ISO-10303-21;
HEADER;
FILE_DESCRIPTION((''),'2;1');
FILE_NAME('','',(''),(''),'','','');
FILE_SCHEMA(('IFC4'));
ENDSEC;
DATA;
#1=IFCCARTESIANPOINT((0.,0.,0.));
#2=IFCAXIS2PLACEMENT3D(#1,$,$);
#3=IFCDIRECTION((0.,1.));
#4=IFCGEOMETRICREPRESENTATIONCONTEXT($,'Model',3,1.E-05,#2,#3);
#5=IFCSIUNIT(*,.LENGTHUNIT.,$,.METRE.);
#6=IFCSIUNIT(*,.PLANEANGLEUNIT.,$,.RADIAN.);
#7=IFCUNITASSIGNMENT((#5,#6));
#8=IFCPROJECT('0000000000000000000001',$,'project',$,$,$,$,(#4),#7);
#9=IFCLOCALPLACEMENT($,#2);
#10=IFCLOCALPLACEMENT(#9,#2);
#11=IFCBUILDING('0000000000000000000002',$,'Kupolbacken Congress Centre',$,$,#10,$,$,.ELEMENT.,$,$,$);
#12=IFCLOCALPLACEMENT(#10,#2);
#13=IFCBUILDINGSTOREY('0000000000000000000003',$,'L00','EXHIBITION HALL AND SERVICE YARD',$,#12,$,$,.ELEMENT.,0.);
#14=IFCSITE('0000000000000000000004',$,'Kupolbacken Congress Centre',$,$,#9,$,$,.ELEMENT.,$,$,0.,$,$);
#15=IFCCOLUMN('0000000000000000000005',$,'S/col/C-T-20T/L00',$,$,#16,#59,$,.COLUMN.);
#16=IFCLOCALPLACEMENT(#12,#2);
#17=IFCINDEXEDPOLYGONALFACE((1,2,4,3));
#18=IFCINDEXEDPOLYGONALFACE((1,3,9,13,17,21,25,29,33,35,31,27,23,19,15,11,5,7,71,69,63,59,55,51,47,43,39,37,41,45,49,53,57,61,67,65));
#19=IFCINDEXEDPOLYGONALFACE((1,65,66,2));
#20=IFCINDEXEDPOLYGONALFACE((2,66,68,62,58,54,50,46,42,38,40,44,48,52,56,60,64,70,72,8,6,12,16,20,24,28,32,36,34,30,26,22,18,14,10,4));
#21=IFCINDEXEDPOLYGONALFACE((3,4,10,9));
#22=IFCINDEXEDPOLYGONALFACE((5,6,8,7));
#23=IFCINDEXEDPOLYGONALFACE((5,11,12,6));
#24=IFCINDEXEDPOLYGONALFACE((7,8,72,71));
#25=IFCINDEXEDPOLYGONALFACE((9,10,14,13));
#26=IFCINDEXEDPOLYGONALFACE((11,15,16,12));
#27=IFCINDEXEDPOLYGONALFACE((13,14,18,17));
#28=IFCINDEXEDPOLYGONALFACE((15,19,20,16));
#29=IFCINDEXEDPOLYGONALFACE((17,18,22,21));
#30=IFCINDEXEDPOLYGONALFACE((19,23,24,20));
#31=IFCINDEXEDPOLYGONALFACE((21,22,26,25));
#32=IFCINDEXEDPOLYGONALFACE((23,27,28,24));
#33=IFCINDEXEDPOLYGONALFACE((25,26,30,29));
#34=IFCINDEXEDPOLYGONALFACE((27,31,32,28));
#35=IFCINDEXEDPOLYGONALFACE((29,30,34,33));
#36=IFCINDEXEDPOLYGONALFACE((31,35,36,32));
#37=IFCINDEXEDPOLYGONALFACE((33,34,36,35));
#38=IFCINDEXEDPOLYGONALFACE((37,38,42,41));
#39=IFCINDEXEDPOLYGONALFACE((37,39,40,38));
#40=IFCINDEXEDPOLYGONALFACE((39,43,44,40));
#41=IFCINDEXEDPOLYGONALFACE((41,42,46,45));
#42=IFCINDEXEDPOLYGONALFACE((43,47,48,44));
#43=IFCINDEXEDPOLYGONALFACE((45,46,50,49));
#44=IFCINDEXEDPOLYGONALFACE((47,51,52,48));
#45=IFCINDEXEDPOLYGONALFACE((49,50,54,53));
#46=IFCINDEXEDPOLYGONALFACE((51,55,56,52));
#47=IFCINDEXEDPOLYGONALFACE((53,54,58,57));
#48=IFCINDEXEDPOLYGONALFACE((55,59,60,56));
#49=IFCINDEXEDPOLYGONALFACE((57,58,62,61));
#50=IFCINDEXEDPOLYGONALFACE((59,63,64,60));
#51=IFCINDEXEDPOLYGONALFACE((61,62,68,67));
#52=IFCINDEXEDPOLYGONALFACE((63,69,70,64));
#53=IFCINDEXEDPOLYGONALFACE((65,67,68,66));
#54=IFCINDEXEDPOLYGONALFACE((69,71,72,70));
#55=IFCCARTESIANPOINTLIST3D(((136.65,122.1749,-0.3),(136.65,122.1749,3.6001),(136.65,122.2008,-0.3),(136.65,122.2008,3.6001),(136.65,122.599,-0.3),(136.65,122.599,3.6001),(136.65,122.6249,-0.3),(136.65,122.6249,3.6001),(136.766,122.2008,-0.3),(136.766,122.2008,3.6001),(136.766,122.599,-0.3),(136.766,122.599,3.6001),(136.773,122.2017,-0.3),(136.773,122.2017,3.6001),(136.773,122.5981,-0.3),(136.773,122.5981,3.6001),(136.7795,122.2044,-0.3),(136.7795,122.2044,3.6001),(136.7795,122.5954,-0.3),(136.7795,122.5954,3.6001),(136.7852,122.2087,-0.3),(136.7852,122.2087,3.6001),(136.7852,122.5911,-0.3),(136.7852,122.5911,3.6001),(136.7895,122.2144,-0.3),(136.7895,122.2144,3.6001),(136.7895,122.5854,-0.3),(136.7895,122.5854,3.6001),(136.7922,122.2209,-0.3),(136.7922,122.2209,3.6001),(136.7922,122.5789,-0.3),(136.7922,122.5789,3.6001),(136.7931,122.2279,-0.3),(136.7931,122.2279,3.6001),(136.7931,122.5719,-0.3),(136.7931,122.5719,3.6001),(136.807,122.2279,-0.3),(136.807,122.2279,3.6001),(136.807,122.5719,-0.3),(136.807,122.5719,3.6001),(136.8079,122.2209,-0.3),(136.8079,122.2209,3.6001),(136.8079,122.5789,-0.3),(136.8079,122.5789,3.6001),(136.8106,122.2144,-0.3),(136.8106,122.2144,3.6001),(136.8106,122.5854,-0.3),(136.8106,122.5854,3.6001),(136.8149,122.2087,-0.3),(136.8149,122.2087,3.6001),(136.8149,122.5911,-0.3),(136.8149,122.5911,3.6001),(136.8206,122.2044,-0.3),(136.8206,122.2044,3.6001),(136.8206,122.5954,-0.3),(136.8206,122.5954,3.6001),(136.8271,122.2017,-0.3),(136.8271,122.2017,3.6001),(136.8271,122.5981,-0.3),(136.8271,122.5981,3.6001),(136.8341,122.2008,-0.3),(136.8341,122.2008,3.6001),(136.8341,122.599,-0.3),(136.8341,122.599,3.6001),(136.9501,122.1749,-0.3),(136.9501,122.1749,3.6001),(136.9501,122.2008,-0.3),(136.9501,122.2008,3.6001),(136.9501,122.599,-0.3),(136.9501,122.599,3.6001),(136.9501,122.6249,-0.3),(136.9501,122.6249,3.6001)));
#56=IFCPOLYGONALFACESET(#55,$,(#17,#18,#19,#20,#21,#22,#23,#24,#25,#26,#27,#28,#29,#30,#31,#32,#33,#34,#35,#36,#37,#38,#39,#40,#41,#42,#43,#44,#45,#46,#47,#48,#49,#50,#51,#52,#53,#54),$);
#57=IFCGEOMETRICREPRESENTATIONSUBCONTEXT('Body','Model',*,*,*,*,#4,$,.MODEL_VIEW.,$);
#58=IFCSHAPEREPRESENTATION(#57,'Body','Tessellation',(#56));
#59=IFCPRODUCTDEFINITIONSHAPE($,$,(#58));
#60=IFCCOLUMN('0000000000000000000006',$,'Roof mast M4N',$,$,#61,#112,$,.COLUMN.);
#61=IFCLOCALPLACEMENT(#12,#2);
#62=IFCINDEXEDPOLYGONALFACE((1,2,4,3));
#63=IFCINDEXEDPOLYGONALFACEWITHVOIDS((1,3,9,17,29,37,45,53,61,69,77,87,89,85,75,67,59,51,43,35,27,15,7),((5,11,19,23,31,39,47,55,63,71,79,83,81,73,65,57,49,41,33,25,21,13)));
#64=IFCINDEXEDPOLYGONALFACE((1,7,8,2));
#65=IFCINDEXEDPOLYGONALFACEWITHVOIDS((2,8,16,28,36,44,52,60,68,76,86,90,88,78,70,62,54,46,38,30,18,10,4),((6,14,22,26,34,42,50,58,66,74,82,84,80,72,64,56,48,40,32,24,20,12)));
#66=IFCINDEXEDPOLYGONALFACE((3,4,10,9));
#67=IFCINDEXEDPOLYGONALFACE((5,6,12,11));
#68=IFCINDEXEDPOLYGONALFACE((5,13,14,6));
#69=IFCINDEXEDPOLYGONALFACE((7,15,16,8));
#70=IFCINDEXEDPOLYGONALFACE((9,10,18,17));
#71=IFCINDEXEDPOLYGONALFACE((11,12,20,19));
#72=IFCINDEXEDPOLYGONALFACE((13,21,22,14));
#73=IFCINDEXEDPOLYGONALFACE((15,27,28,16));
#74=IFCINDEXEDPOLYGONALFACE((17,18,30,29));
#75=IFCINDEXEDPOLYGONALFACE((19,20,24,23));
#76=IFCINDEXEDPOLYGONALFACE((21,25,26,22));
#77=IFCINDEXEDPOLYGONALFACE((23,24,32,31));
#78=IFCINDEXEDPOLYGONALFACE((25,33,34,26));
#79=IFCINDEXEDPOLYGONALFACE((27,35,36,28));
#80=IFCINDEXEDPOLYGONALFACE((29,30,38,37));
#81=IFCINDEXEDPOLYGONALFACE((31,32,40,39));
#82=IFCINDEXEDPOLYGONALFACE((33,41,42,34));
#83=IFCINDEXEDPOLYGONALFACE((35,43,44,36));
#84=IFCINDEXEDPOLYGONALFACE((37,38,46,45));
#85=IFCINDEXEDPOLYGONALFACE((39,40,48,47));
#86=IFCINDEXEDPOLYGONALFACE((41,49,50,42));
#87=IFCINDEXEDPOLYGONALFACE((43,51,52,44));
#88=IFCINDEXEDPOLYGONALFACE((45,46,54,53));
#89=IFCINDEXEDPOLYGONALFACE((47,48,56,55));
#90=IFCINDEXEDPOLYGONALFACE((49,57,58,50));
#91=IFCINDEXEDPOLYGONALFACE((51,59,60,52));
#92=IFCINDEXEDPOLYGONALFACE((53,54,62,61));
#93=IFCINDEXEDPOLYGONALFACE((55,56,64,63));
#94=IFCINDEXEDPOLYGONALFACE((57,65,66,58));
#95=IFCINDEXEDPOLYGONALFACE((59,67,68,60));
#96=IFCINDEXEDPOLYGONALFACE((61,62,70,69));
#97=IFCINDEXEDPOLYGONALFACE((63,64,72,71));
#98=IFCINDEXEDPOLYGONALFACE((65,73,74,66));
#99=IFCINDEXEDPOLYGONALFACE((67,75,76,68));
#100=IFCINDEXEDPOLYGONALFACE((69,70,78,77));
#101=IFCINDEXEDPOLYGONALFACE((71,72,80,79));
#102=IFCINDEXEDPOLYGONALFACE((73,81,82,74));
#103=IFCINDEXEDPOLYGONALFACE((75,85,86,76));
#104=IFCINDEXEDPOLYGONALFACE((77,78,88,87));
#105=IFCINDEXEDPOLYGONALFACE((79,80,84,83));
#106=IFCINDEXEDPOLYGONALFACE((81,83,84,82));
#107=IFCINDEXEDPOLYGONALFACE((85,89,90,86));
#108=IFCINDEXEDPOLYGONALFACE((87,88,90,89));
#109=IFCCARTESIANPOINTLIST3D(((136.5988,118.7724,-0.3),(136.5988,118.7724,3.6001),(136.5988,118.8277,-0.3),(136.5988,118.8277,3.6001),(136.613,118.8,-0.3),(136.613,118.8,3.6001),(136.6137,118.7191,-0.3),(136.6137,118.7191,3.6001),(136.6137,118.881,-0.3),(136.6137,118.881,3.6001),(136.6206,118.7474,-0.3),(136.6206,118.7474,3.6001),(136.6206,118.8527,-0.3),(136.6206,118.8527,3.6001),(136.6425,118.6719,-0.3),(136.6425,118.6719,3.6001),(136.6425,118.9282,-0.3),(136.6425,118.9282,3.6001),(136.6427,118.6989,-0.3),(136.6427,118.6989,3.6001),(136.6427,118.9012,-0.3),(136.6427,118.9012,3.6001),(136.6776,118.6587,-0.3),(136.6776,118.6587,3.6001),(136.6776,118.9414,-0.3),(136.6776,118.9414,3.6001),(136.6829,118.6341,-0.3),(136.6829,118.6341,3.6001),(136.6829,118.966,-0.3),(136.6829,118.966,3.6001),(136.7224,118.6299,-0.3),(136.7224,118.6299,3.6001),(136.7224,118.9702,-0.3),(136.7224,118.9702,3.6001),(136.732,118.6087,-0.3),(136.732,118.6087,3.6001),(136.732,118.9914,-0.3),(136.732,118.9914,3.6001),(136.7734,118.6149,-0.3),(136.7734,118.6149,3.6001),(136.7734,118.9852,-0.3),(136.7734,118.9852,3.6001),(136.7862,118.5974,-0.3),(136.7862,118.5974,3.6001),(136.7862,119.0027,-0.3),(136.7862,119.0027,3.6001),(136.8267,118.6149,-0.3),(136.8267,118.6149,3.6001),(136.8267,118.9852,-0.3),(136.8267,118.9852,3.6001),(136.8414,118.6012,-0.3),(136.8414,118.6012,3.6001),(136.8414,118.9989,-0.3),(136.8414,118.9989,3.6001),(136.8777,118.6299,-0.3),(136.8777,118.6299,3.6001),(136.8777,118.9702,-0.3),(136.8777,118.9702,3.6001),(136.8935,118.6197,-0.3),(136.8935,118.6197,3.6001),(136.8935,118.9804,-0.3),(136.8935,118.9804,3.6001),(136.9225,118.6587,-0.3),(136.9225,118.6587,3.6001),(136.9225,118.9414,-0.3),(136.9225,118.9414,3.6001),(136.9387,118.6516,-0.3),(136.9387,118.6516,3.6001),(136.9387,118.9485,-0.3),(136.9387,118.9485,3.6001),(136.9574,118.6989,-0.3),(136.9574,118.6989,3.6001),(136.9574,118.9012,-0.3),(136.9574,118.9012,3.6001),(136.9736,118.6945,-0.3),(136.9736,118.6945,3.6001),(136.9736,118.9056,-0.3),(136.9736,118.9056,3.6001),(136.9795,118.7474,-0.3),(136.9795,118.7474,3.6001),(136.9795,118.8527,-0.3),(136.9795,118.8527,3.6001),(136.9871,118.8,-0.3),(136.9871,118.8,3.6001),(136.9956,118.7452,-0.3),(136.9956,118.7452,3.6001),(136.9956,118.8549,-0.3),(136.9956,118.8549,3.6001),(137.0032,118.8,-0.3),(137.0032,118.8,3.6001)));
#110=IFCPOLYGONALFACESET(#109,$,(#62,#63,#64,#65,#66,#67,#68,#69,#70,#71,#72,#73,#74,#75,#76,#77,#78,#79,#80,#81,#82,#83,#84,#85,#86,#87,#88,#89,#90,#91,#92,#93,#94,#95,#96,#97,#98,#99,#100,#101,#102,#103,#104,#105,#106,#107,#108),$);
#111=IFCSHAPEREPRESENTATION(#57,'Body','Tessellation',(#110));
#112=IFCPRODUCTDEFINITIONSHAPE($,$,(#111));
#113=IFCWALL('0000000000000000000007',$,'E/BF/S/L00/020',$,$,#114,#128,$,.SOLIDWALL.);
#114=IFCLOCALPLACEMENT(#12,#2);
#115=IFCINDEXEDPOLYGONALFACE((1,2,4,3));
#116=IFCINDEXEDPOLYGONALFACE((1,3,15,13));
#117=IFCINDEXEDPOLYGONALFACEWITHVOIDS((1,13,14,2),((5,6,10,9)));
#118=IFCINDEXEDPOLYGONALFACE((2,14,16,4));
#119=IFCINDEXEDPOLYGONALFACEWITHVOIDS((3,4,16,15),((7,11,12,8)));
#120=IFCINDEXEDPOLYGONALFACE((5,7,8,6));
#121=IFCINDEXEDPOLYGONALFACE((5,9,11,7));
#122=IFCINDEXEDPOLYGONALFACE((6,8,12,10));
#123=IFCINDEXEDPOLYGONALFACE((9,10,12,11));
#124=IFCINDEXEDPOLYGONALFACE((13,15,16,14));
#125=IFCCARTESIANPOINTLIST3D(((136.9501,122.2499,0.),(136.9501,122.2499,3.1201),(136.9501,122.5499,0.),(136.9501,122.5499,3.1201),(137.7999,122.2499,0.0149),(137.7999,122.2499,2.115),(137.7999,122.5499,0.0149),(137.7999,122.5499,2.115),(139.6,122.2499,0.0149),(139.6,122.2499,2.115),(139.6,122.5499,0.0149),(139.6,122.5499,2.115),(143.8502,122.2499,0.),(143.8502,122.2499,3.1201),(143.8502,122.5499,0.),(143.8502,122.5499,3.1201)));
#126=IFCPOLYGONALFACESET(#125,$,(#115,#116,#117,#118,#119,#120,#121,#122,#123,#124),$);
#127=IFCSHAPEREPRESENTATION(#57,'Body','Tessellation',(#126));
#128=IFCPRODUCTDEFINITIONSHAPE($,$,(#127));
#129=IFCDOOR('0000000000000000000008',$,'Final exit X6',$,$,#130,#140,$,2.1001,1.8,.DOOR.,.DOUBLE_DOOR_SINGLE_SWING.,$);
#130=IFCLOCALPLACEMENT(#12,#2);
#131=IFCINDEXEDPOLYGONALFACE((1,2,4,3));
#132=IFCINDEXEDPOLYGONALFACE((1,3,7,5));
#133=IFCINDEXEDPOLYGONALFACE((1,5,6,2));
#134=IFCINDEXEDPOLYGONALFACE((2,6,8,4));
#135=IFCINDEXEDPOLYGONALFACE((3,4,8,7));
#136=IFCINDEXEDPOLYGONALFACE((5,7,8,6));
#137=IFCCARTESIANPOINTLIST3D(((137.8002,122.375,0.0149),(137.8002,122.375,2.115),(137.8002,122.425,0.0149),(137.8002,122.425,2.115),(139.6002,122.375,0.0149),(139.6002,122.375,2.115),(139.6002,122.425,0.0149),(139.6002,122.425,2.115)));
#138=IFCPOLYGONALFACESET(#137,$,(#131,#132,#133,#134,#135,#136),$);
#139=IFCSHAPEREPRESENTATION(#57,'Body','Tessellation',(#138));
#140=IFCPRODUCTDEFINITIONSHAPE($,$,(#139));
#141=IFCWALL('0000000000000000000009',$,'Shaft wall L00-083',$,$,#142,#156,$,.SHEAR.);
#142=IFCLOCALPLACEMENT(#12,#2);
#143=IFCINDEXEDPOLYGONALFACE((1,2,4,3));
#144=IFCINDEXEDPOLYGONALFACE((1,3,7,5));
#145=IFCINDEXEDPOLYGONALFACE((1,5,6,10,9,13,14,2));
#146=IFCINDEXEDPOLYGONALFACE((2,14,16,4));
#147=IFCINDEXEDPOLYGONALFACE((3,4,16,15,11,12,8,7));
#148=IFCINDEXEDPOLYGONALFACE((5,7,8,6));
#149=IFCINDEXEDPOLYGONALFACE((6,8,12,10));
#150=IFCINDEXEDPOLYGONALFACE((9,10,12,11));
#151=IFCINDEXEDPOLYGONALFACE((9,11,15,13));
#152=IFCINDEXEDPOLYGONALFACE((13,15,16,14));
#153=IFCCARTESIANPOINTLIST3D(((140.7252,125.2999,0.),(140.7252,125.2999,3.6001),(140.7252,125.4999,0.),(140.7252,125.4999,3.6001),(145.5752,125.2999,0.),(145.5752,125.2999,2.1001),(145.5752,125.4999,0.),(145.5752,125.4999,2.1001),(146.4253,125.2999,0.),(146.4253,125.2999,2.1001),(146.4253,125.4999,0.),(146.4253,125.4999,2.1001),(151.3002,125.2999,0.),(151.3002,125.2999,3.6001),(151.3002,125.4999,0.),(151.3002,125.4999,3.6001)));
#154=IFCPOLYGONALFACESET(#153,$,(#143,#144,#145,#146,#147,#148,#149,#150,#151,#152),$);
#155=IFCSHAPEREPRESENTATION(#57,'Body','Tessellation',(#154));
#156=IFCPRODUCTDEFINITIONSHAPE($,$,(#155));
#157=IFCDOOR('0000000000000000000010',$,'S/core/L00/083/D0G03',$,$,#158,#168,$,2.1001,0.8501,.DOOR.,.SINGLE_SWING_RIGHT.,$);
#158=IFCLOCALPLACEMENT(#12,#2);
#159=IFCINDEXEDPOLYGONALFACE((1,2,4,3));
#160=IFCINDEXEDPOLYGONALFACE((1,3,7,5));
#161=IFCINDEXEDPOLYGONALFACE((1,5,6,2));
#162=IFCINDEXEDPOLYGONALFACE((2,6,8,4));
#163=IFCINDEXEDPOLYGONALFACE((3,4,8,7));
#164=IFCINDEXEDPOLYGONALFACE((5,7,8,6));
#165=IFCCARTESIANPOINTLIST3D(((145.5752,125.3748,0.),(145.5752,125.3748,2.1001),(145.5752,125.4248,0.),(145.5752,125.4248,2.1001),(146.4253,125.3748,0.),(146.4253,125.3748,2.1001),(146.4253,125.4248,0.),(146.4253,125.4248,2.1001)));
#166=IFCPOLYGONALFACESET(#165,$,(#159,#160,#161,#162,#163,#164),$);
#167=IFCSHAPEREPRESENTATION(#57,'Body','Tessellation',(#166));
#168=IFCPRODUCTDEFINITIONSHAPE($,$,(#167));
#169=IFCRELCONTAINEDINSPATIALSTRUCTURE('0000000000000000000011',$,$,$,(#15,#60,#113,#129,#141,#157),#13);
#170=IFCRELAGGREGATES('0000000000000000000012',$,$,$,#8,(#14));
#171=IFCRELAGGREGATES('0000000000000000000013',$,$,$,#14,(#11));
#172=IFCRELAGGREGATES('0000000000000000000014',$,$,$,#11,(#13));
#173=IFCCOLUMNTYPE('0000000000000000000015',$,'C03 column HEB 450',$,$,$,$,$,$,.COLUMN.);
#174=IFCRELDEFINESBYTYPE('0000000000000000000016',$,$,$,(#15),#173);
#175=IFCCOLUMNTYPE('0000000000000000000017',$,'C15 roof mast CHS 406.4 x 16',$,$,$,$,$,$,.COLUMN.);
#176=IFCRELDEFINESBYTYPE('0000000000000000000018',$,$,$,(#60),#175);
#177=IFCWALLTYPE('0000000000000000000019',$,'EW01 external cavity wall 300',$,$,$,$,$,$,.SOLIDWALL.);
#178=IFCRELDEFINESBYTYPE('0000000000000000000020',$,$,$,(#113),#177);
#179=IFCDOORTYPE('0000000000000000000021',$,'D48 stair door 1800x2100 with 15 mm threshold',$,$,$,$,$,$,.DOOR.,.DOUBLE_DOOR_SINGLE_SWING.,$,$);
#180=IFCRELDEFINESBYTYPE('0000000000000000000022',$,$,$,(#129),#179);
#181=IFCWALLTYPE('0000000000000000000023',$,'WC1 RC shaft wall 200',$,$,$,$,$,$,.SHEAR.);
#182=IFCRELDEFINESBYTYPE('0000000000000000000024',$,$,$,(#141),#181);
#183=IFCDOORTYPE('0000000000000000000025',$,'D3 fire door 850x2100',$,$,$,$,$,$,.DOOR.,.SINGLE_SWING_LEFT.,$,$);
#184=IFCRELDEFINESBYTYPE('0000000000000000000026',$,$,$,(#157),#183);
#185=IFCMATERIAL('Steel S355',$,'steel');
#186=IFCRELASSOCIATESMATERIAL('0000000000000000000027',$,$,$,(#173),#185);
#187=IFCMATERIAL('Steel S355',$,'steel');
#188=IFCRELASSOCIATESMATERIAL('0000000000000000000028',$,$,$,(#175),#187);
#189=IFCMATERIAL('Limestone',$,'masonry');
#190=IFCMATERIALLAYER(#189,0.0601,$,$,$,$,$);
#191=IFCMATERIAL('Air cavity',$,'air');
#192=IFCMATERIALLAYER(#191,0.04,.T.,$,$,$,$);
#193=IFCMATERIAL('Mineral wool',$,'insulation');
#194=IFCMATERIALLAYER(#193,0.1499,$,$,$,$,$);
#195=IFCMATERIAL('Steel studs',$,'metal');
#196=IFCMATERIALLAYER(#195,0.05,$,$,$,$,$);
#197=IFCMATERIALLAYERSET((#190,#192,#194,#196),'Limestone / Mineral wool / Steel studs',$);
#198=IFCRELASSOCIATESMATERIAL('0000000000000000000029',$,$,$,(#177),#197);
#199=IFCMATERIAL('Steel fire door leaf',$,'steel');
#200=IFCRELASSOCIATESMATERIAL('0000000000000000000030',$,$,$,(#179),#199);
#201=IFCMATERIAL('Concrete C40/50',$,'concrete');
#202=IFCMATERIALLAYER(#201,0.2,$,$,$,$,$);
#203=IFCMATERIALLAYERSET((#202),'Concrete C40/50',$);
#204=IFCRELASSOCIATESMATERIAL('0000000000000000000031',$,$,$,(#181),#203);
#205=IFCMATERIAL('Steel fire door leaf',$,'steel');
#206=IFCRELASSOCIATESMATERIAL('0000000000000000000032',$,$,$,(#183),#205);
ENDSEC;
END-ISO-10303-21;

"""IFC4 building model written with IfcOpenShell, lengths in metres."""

from ifc_helpers import new_model, si_unit, direction, frame, frame_2d, origin, origin_2d, place, context, subcontext, project, spatial, rectangle, hollow_circle, i_section, extrude, material, layer, layer_set, material_profile, profile_set, type_object, element, fill, save


model = new_model("IFC4")

# Units and contexts
model_context = context("Model", 3, precision=1e-05, world=origin(), true_north=direction((0.0, 1.0)))
body_context = subcontext(model_context, "Body", "Model", "MODEL_VIEW")
ifc_project = project(units=[si_unit("LENGTHUNIT", "METRE"), si_unit("PLANEANGLEUNIT", "RADIAN")], contexts=[model_context])

# Site, building, storey
site_placement = place(None, origin())
site = spatial("IfcSite", under=ifc_project, at=site_placement, Name="Kupolbacken Congress Centre", CompositionType="ELEMENT", RefElevation=0.0)
building_placement = place(site_placement, origin())
building = spatial("IfcBuilding", under=site, at=building_placement, Name="Kupolbacken Congress Centre", CompositionType="ELEMENT")
storey_placement = place(building_placement, origin())
storey = spatial("IfcBuildingStorey", under=building, at=storey_placement, Name="L00", Description="EXHIBITION HALL AND SERVICE YARD", CompositionType="ELEMENT", Elevation=0.0)

# Columns
ifc_material_1 = material(Name="Steel S355", Category="steel")
ifc_material_profile_1 = material_profile(ifc_material_1, i_section(OverallWidth=0.3, OverallDepth=0.45, WebThickness=0.0139, FlangeThickness=0.0259, FilletRadius=0.0271, at=origin_2d()), Name="HEB 450")
ifc_profile_set_1 = profile_set([ifc_material_profile_1], Name="Steel S355")
column_type_1 = type_object("IfcColumnType", Name="C03 column HEB 450", PredefinedType="COLUMN", material=ifc_profile_set_1)
column_1_placement = place(storey_placement, frame((136.8, 122.3999, -0.3), z_axis=(0.0, 0.0, 1.0), x_axis=(1.0, 0.0, 0.0)))
element("IfcColumn", 1, at=column_1_placement, inside=storey, type_object=column_type_1, Name="S/col/C-T-20T/L00", PredefinedType="COLUMN", context=body_context, shape_type="SweptSolid", body=[
    extrude(i_section(OverallWidth=0.3, OverallDepth=0.45, WebThickness=0.0139, FlangeThickness=0.0259, FilletRadius=0.0271, at=origin_2d()), origin(), (0.0, 0.0, 1.0), 3.9001),
])
ifc_material_2 = material(Name="Steel S355", Category="steel")
ifc_material_profile_2 = material_profile(ifc_material_2, hollow_circle(Radius=0.2031, WallThickness=0.0161, at=origin_2d()), Name="CHS 406.4 x 16")
ifc_profile_set_2 = profile_set([ifc_material_profile_2], Name="Steel S355")
column_type_2 = type_object("IfcColumnType", Name="C15 roof mast CHS 406.4 x 16", PredefinedType="COLUMN", material=ifc_profile_set_2)
column_2_placement = place(storey_placement, frame((136.8, 118.8, -0.3), z_axis=(0.0, 0.0, 1.0), x_axis=(1.0, 0.0, 0.0)))
element("IfcColumn", 2, at=column_2_placement, inside=storey, type_object=column_type_2, Name="Roof mast M4N", PredefinedType="COLUMN", context=body_context, shape_type="SweptSolid", body=[
    extrude(hollow_circle(Radius=0.2031, WallThickness=0.0161, at=origin_2d()), origin(), (0.0, 0.0, 1.0), 3.9001),
])

# Walls, openings, doors
ifc_material_3 = material(Name="Limestone", Category="masonry")
ifc_layer_1 = layer(ifc_material_3, 0.0601)
ifc_material_4 = material(Name="Air cavity", Category="air")
ifc_layer_2 = layer(ifc_material_4, 0.04, ventilated=True)
ifc_material_5 = material(Name="Mineral wool", Category="insulation")
ifc_layer_3 = layer(ifc_material_5, 0.1499)
ifc_material_6 = material(Name="Steel studs", Category="metal")
ifc_layer_4 = layer(ifc_material_6, 0.05)
ifc_layer_set_1 = layer_set([ifc_layer_1, ifc_layer_2, ifc_layer_3, ifc_layer_4], Name="Limestone / Mineral wool / Steel studs")
wall_type_1 = type_object("IfcWallType", Name="EW01 external cavity wall 300", PredefinedType="SOLIDWALL", material=ifc_layer_set_1)
wall_1_placement = place(storey_placement, frame((136.95, 122.3999, 0.0), z_axis=(0.0, 0.0, 1.0), x_axis=(1.0, 0.0, 0.0)))
wall_1 = element("IfcWall", 3, at=wall_1_placement, inside=storey, type_object=wall_type_1, Name="E/BF/S/L00/020", PredefinedType="SOLIDWALL", context=body_context, shape_type="SweptSolid", body=[
    extrude(rectangle(XDim=6.9001, YDim=0.3, at=frame_2d((3.4502, 0.0))), origin(), (0.0, 0.0, 1.0), 3.1201),
])
opening_1_placement = place(wall_1_placement, frame((0.8501, 0.0, 0.0149)))
opening_1 = element("IfcOpeningElement", 4, at=opening_1_placement, cuts=wall_1, PredefinedType="OPENING", context=body_context, shape_type="SweptSolid", body=[
    extrude(rectangle(XDim=1.8, YDim=2.1001, at=frame_2d((0.8999, 1.05))), frame((0.0, 0.1599, 0.0), z_axis=(0.0, -1.0, 0.0), x_axis=(1.0, 0.0, 0.0)), (0.0, 0.0, 1.0), 0.3201),
])
ifc_material_7 = material(Name="Steel fire door leaf", Category="steel")
door_type_1 = type_object("IfcDoorType", Name="D48 stair door 1800x2100 with 15 mm threshold", OperationType="DOUBLE_DOOR_SINGLE_SWING", PredefinedType="DOOR", material=ifc_material_7)
door_1_placement = place(opening_1_placement, frame((1.8, 0.0, 0.0), z_axis=(0.0, 0.0, 1.0), x_axis=(-1.0, 0.0, 0.0)))
door_1 = element("IfcDoor", 5, at=door_1_placement, inside=storey, type_object=door_type_1, Name="Final exit X6", OperationType="DOUBLE_DOOR_SINGLE_SWING", OverallHeight=2.1001, OverallWidth=1.8, PredefinedType="DOOR", context=body_context, shape_type="SweptSolid", body=[
    extrude(rectangle(XDim=1.8, YDim=2.1001, at=frame_2d((0.8999, 1.05))), frame((0.0, 0.0249, 0.0), z_axis=(0.0, -1.0, 0.0), x_axis=(1.0, 0.0, 0.0)), (0.0, 0.0, 1.0), 0.05),
])
fill(opening_1, door_1)
ifc_material_8 = material(Name="Concrete C40/50", Category="concrete")
ifc_layer_5 = layer(ifc_material_8, 0.2)
ifc_layer_set_2 = layer_set([ifc_layer_5], Name="Concrete C40/50")
wall_type_2 = type_object("IfcWallType", Name="WC1 RC shaft wall 200", PredefinedType="SHEAR", material=ifc_layer_set_2)
wall_2_placement = place(storey_placement, frame((140.7251, 125.3999, 0.0), z_axis=(0.0, 0.0, 1.0), x_axis=(1.0, 0.0, 0.0)))
wall_2 = element("IfcWall", 6, at=wall_2_placement, inside=storey, type_object=wall_type_2, Name="Shaft wall L00-083", PredefinedType="SHEAR", context=body_context, shape_type="SweptSolid", body=[
    extrude(rectangle(XDim=10.575, YDim=0.2, at=frame_2d((5.2876, 0.0))), origin(), (0.0, 0.0, 1.0), 3.6001),
])
opening_2_placement = place(wall_2_placement, frame((4.8501, 0.0, 0.0)))
opening_2 = element("IfcOpeningElement", 7, at=opening_2_placement, cuts=wall_2, PredefinedType="OPENING", context=body_context, shape_type="SweptSolid", body=[
    extrude(rectangle(XDim=0.8501, YDim=2.1001, at=frame_2d((0.425, 1.05))), frame((0.0, 0.1099, 0.0), z_axis=(0.0, -1.0, 0.0), x_axis=(1.0, 0.0, 0.0)), (0.0, 0.0, 1.0), 0.22),
])
ifc_material_9 = material(Name="Steel fire door leaf", Category="steel")
door_type_2 = type_object("IfcDoorType", Name="D3 fire door 850x2100", OperationType="SINGLE_SWING_LEFT", PredefinedType="DOOR", material=ifc_material_9)
door_2_placement = place(opening_2_placement, origin())
door_2 = element("IfcDoor", 8, at=door_2_placement, inside=storey, type_object=door_type_2, Name="S/core/L00/083/D0G03", OperationType="SINGLE_SWING_RIGHT", OverallHeight=2.1001, OverallWidth=0.8501, PredefinedType="DOOR", context=body_context, shape_type="SweptSolid", body=[
    extrude(rectangle(XDim=0.8501, YDim=2.1001, at=frame_2d((0.425, 1.05))), frame((0.0, 0.0249, 0.0), z_axis=(0.0, -1.0, 0.0), x_axis=(1.0, 0.0, 0.0)), (0.0, 0.0, 1.0), 0.05),
])
fill(opening_2, door_2)

save(model, "model.ifc")
